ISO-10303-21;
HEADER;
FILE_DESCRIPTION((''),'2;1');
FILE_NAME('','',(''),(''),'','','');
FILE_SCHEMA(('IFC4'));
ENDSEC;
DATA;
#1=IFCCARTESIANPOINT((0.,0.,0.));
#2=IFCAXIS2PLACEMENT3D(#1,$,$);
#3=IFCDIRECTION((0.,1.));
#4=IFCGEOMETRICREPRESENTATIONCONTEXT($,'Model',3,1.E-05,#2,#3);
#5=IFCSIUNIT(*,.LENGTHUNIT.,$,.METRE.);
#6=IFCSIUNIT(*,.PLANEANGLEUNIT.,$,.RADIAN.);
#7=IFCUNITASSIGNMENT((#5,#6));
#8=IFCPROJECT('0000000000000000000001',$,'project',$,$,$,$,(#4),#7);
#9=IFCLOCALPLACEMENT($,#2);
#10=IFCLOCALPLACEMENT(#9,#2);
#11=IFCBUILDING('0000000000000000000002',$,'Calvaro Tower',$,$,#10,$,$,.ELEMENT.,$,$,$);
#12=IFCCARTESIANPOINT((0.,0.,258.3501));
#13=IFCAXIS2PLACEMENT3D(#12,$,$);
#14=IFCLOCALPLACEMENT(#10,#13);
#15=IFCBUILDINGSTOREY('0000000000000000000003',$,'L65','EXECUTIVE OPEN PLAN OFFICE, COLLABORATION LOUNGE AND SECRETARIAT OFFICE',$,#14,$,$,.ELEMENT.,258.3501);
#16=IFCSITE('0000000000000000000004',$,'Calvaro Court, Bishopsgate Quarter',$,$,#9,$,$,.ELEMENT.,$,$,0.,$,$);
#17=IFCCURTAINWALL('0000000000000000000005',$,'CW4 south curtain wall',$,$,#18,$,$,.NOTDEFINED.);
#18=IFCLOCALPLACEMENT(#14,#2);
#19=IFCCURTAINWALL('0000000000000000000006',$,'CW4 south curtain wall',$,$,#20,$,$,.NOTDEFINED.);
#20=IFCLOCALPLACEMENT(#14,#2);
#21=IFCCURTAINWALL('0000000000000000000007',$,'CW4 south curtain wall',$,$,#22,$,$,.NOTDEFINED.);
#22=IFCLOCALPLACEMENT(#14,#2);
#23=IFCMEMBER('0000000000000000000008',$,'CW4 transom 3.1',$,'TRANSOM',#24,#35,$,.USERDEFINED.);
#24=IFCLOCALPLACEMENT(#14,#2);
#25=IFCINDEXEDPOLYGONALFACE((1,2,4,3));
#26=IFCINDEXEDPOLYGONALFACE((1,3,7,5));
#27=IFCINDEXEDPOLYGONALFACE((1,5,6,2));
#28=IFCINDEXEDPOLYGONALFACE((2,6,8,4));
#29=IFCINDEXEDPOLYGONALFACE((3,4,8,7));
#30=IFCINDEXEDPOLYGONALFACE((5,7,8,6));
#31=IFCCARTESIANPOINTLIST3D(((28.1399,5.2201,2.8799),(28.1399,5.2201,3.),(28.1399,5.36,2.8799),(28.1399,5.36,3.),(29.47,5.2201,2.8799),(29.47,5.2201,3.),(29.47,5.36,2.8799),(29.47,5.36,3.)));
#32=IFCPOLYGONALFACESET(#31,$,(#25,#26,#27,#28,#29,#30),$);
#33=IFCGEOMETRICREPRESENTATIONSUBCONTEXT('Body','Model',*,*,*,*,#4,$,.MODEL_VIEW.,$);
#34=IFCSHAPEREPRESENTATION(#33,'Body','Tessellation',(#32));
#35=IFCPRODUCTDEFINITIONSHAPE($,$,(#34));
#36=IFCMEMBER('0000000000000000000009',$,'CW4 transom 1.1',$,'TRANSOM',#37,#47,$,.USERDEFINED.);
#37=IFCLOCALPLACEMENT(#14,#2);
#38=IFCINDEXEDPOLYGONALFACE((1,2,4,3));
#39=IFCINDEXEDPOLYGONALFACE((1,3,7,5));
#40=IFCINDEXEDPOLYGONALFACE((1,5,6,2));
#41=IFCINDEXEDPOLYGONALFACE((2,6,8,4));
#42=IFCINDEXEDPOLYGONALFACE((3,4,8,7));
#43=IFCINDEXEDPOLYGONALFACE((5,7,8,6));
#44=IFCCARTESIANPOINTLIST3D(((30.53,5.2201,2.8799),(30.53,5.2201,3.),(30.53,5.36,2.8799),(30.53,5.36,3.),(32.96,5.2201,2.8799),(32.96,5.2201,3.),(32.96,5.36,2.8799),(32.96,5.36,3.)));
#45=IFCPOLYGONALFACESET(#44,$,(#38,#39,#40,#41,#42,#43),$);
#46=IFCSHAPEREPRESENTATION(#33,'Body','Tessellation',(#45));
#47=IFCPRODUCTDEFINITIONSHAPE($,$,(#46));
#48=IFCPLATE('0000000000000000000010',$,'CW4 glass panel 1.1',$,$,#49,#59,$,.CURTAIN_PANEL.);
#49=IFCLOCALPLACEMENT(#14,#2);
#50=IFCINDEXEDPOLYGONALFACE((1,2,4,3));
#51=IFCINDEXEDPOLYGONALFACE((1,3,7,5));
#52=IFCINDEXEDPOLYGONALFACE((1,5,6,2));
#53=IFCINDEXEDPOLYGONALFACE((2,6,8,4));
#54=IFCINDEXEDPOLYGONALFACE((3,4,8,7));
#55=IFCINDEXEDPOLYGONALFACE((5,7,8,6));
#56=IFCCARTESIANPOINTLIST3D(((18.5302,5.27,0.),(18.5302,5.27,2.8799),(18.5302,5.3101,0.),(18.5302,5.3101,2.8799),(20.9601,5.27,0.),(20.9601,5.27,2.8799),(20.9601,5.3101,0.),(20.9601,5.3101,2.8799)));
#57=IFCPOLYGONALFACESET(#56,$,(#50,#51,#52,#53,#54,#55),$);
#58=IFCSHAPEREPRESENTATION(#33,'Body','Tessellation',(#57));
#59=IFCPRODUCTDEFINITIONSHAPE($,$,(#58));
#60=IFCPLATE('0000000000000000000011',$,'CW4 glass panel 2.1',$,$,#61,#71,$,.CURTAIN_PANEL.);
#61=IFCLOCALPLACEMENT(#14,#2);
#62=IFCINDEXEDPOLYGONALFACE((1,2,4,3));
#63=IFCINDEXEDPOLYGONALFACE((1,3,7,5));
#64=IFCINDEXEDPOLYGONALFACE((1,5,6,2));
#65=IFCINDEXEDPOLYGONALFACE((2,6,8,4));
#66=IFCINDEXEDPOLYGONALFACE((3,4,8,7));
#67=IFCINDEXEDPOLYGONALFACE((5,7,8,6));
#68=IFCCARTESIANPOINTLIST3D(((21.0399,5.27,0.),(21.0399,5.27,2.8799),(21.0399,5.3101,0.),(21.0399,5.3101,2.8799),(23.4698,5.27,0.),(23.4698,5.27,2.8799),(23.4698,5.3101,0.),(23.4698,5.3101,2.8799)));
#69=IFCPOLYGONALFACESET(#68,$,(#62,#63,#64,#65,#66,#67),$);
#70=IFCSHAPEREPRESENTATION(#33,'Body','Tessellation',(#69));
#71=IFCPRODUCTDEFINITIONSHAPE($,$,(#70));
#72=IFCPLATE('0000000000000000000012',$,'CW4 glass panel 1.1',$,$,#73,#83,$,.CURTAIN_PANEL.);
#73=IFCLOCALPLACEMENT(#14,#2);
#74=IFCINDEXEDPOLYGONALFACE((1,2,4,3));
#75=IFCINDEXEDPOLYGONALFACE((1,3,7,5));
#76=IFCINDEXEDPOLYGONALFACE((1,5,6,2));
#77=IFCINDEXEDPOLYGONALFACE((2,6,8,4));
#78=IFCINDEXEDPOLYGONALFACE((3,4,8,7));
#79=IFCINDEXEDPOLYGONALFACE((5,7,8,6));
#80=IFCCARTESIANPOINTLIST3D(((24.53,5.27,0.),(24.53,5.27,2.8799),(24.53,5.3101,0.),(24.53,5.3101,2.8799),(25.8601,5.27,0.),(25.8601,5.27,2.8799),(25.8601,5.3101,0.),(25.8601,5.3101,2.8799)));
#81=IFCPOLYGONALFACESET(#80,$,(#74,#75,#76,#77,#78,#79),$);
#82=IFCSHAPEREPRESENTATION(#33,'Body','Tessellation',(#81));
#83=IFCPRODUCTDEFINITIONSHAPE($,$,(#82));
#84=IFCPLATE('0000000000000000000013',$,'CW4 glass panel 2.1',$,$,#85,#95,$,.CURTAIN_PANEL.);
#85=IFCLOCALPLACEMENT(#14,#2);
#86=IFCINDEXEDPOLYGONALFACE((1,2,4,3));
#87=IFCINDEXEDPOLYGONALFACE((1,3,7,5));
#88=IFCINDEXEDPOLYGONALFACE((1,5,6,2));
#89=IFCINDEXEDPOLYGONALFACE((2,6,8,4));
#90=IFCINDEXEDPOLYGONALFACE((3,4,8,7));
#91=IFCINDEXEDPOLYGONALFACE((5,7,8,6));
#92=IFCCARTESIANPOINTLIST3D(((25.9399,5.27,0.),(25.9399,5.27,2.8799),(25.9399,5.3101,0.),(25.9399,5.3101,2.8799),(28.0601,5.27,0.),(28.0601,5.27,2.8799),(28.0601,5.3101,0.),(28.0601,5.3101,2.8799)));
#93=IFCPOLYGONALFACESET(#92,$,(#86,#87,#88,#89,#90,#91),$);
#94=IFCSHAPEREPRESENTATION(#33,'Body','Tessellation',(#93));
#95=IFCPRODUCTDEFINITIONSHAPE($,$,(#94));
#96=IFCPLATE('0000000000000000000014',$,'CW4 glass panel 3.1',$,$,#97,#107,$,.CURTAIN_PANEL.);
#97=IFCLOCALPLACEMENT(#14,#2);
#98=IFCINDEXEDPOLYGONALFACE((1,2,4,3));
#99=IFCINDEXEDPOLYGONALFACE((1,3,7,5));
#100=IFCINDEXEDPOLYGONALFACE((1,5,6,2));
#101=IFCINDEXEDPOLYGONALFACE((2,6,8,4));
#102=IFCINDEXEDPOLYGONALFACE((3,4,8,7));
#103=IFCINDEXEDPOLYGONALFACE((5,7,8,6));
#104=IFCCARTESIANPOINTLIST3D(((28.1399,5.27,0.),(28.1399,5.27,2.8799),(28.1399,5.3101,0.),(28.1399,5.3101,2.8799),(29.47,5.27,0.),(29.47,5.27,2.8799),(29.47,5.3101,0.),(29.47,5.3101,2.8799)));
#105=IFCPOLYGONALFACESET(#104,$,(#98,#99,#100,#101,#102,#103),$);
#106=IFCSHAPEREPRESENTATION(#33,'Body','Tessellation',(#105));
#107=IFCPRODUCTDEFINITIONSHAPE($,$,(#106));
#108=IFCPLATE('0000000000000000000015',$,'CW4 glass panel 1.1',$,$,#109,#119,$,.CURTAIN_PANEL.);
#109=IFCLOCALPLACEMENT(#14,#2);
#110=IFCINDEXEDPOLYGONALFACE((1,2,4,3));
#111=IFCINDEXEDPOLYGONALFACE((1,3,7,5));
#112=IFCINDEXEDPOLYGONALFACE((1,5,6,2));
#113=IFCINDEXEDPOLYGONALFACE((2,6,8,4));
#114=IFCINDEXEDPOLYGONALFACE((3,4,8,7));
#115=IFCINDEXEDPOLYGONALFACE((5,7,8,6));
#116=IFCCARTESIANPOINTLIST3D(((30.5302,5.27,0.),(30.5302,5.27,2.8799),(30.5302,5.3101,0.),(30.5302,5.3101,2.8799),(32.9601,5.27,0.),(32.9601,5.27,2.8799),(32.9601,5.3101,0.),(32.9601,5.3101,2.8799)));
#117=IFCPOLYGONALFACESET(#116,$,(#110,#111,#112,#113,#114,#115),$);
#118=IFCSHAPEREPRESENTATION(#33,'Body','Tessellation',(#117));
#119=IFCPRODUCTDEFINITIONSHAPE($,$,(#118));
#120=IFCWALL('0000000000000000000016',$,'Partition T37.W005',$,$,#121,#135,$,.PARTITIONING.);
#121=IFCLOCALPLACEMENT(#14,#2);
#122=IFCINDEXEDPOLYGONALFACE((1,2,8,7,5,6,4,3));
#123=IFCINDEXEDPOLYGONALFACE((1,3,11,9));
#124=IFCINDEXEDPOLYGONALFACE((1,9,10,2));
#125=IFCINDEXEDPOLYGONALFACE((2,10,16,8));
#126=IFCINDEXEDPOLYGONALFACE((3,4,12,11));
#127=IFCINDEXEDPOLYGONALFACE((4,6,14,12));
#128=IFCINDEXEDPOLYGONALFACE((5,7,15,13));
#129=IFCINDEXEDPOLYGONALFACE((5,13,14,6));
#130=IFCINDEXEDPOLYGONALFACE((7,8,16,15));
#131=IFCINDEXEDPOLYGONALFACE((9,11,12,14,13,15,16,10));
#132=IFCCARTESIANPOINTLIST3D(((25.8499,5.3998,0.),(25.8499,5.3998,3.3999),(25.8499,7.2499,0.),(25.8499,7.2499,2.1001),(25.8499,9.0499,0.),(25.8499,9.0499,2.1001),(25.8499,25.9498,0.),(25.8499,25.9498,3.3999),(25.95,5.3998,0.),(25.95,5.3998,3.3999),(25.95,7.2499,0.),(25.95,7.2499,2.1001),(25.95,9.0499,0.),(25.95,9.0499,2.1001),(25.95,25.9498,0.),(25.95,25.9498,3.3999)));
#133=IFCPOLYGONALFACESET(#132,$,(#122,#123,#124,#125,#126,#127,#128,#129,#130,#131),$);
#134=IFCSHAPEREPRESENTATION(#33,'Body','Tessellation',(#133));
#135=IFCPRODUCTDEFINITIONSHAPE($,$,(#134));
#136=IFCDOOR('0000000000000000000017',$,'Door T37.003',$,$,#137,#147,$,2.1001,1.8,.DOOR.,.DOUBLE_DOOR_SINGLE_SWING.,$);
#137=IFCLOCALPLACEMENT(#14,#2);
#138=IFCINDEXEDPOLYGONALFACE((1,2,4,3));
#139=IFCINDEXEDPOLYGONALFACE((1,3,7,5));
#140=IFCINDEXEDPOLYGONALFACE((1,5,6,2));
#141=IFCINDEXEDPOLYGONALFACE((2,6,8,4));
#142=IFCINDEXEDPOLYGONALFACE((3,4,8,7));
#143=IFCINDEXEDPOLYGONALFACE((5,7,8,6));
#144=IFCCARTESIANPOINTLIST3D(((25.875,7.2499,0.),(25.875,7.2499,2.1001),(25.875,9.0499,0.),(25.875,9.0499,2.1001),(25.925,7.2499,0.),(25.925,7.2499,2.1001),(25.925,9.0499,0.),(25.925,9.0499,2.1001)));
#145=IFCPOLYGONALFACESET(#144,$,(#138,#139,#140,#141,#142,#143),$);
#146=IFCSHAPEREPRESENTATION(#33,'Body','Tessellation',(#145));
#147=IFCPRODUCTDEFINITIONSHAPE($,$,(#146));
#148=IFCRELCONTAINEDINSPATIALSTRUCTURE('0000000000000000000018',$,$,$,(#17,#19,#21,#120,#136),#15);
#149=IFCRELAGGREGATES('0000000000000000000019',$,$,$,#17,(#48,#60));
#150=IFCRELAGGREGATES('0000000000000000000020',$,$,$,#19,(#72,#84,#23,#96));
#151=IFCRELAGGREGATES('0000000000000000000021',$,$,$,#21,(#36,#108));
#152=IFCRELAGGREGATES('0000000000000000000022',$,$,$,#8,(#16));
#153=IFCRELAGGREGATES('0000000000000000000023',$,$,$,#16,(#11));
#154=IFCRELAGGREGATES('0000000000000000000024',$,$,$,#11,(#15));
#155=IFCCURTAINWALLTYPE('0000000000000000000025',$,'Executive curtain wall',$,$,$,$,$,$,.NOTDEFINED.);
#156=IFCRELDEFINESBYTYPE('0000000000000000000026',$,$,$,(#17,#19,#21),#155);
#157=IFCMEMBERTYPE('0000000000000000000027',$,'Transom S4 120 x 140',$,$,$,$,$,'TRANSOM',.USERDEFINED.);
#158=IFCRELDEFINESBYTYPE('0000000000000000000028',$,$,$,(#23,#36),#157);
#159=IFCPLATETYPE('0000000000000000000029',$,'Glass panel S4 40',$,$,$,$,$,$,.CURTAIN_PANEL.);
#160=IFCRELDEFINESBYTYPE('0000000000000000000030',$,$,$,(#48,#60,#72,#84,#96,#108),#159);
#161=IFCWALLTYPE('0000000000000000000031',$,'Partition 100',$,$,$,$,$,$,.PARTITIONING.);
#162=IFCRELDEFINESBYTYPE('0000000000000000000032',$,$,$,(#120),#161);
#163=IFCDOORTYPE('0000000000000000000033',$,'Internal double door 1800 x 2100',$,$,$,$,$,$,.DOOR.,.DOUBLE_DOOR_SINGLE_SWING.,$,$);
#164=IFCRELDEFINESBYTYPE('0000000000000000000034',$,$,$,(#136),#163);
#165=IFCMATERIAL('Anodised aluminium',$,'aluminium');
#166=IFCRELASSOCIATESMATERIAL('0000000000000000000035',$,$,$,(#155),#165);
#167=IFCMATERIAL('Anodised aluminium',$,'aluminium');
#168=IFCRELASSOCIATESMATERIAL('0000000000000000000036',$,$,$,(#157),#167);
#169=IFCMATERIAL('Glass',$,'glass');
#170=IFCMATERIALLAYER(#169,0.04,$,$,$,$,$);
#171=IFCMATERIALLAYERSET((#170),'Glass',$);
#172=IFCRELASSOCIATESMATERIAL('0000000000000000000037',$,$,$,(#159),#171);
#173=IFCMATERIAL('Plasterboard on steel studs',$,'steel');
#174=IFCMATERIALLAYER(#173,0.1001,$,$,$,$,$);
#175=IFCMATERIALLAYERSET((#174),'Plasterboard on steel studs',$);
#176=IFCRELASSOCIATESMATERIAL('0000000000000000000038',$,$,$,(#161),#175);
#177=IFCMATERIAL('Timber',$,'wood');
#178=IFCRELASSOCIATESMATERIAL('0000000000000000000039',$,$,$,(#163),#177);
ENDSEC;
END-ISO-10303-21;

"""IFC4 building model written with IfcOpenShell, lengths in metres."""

from ifc_helpers import new_model, si_unit, direction, frame, frame_2d, origin, origin_2d, place, context, subcontext, project, spatial, rectangle, extrude, material, layer, layer_set, material_profile, profile_set, type_object, element, fill, aggregate, save


model = new_model("IFC4")

# Units and contexts
model_context = context("Model", 3, precision=1e-05, world=origin(), true_north=direction((0.0, 1.0)))
body_context = subcontext(model_context, "Body", "Model", "MODEL_VIEW")
ifc_project = project(units=[si_unit("LENGTHUNIT", "METRE"), si_unit("PLANEANGLEUNIT", "RADIAN")], contexts=[model_context])

# Site, building, storey
site_placement = place(None, origin())
site = spatial("IfcSite", under=ifc_project, at=site_placement, Name="Calvaro Court, Bishopsgate Quarter", CompositionType="ELEMENT", RefElevation=0.0)
building_placement = place(site_placement, origin())
building = spatial("IfcBuilding", under=site, at=building_placement, Name="Calvaro Tower", CompositionType="ELEMENT")
storey_placement = place(building_placement, frame((0.0, 0.0, 258.3501)))
storey = spatial("IfcBuildingStorey", under=building, at=storey_placement, Name="L65", Description="EXECUTIVE OPEN PLAN OFFICE, COLLABORATION LOUNGE AND SECRETARIAT OFFICE", CompositionType="ELEMENT", Elevation=258.3501)

# Curtain walls
ifc_material_1 = material(Name="Anodised aluminium", Category="aluminium")
curtain_wall_type = type_object("IfcCurtainWallType", Name="Executive curtain wall", PredefinedType="NOTDEFINED", material=ifc_material_1)
curtain_wall_1_placement = place(storey_placement, origin())
curtain_wall_1 = element("IfcCurtainWall", 1, at=curtain_wall_1_placement, inside=storey, type_object=curtain_wall_type, Name="CW4 south curtain wall", PredefinedType="NOTDEFINED")
curtain_wall_2_placement = place(storey_placement, origin())
curtain_wall_2 = element("IfcCurtainWall", 2, at=curtain_wall_2_placement, inside=storey, type_object=curtain_wall_type, Name="CW4 south curtain wall", PredefinedType="NOTDEFINED")

# Curtain wall
curtain_wall_3_placement = place(storey_placement, origin())
curtain_wall_3 = element("IfcCurtainWall", 3, at=curtain_wall_3_placement, inside=storey, type_object=curtain_wall_type, Name="CW4 south curtain wall", PredefinedType="NOTDEFINED")

# Members
ifc_material_2 = material(Name="Anodised aluminium", Category="aluminium")
ifc_material_profile_1 = material_profile(ifc_material_2, rectangle(XDim=0.1399, YDim=0.1201, at=origin_2d()), Name="Transom S4 120 x 140")
ifc_profile_set_1 = profile_set([ifc_material_profile_1], Name="Anodised aluminium")
member_type_1 = type_object("IfcMemberType", Name="Transom S4 120 x 140", ElementType="TRANSOM", PredefinedType="USERDEFINED", material=ifc_profile_set_1)
member_1_placement = place(storey_placement, frame((28.1399, 5.29, 2.9399), z_axis=(1.0, 0.0, 0.0), x_axis=(0.0, 1.0, 0.0)))
member_1 = element("IfcMember", 4, at=member_1_placement, type_object=member_type_1, Name="CW4 transom 3.1", ObjectType="TRANSOM", PredefinedType="USERDEFINED", context=body_context, shape_type="SweptSolid", body=[
    extrude(rectangle(XDim=0.1399, YDim=0.1201, at=origin_2d()), origin(), (0.0, 0.0, 1.0), 1.3301),
])
member_2_placement = place(storey_placement, frame((30.53, 5.29, 2.9399), z_axis=(1.0, 0.0, 0.0), x_axis=(0.0, 1.0, 0.0)))
member_2 = element("IfcMember", 5, at=member_2_placement, type_object=member_type_1, Name="CW4 transom 1.1", ObjectType="TRANSOM", PredefinedType="USERDEFINED", context=body_context, shape_type="SweptSolid", body=[
    extrude(rectangle(XDim=0.1399, YDim=0.1201, at=origin_2d()), origin(), (0.0, 0.0, 1.0), 2.4299),
])

# Plates
ifc_material_3 = material(Name="Glass", Category="glass")
ifc_layer_1 = layer(ifc_material_3, 0.04)
ifc_layer_set_1 = layer_set([ifc_layer_1], Name="Glass")
plate_type = type_object("IfcPlateType", Name="Glass panel S4 40", PredefinedType="CURTAIN_PANEL", material=ifc_layer_set_1)
plate_1_placement = place(storey_placement, frame((19.7451, 5.29, 0.0), z_axis=(0.0, 0.0, 1.0), x_axis=(1.0, 0.0, 0.0)))
plate_1 = element("IfcPlate", 6, at=plate_1_placement, type_object=plate_type, Name="CW4 glass panel 1.1", PredefinedType="CURTAIN_PANEL", context=body_context, shape_type="SweptSolid", body=[
    extrude(rectangle(XDim=2.4299, YDim=0.04, at=origin_2d()), origin(), (0.0, 0.0, 1.0), 2.8799),
])
plate_2_placement = place(storey_placement, frame((22.2549, 5.29, 0.0), z_axis=(0.0, 0.0, 1.0), x_axis=(1.0, 0.0, 0.0)))
plate_2 = element("IfcPlate", 7, at=plate_2_placement, type_object=plate_type, Name="CW4 glass panel 2.1", PredefinedType="CURTAIN_PANEL", context=body_context, shape_type="SweptSolid", body=[
    extrude(rectangle(XDim=2.4299, YDim=0.04, at=origin_2d()), origin(), (0.0, 0.0, 1.0), 2.8799),
])
aggregate(curtain_wall_1, [plate_1, plate_2])
plate_3_placement = place(storey_placement, frame((25.1951, 5.29, 0.0), z_axis=(0.0, 0.0, 1.0), x_axis=(1.0, 0.0, 0.0)))
plate_3 = element("IfcPlate", 8, at=plate_3_placement, type_object=plate_type, Name="CW4 glass panel 1.1", PredefinedType="CURTAIN_PANEL", context=body_context, shape_type="SweptSolid", body=[
    extrude(rectangle(XDim=1.3301, YDim=0.04, at=origin_2d()), origin(), (0.0, 0.0, 1.0), 2.8799),
])
plate_4_placement = place(storey_placement, frame((27.0, 5.29, 0.0), z_axis=(0.0, 0.0, 1.0), x_axis=(1.0, 0.0, 0.0)))
plate_4 = element("IfcPlate", 9, at=plate_4_placement, type_object=plate_type, Name="CW4 glass panel 2.1", PredefinedType="CURTAIN_PANEL", context=body_context, shape_type="SweptSolid", body=[
    extrude(rectangle(XDim=2.1201, YDim=0.04, at=origin_2d()), origin(), (0.0, 0.0, 1.0), 2.8799),
])
plate_5_placement = place(storey_placement, frame((28.8049, 5.29, 0.0), z_axis=(0.0, 0.0, 1.0), x_axis=(1.0, 0.0, 0.0)))
plate_5 = element("IfcPlate", 10, at=plate_5_placement, type_object=plate_type, Name="CW4 glass panel 3.1", PredefinedType="CURTAIN_PANEL", context=body_context, shape_type="SweptSolid", body=[
    extrude(rectangle(XDim=1.3301, YDim=0.04, at=origin_2d()), origin(), (0.0, 0.0, 1.0), 2.8799),
])
aggregate(curtain_wall_2, [plate_3, plate_4, member_1, plate_5])
plate_6_placement = place(storey_placement, frame((31.7451, 5.29, 0.0), z_axis=(0.0, 0.0, 1.0), x_axis=(1.0, 0.0, 0.0)))
plate_6 = element("IfcPlate", 11, at=plate_6_placement, type_object=plate_type, Name="CW4 glass panel 1.1", PredefinedType="CURTAIN_PANEL", context=body_context, shape_type="SweptSolid", body=[
    extrude(rectangle(XDim=2.4299, YDim=0.04, at=origin_2d()), origin(), (0.0, 0.0, 1.0), 2.8799),
])
aggregate(curtain_wall_3, [member_2, plate_6])

# Wall, opening, door
ifc_material_4 = material(Name="Plasterboard on steel studs", Category="steel")
ifc_layer_2 = layer(ifc_material_4, 0.1001)
ifc_layer_set_2 = layer_set([ifc_layer_2], Name="Plasterboard on steel studs")
wall_type = type_object("IfcWallType", Name="Partition 100", PredefinedType="PARTITIONING", material=ifc_layer_set_2)
wall_1_placement = place(storey_placement, frame((25.8999, 5.3999, 0.0), z_axis=(0.0, 0.0, 1.0), x_axis=(0.0, 1.0, 0.0)))
wall_1 = element("IfcWall", 12, at=wall_1_placement, inside=storey, type_object=wall_type, Name="Partition T37.W005", PredefinedType="PARTITIONING", context=body_context, shape_type="SweptSolid", body=[
    extrude(rectangle(XDim=20.55, YDim=0.1001, at=frame_2d((10.2749, 0.0))), origin(), (0.0, 0.0, 1.0), 3.3999),
])
opening_1_placement = place(wall_1_placement, frame((1.8501, 0.0, 0.0)))
opening_1 = element("IfcOpeningElement", 13, at=opening_1_placement, cuts=wall_1, PredefinedType="OPENING", context=body_context, shape_type="SweptSolid", body=[
    extrude(rectangle(XDim=1.8, YDim=2.1001, at=frame_2d((0.8999, 1.05))), frame((0.0, 0.0601, 0.0), z_axis=(0.0, -1.0, 0.0), x_axis=(1.0, 0.0, 0.0)), (0.0, 0.0, 1.0), 0.1201),
])
ifc_material_5 = material(Name="Timber", Category="wood")
door_type_1 = type_object("IfcDoorType", Name="Internal double door 1800 x 2100", OperationType="DOUBLE_DOOR_SINGLE_SWING", PredefinedType="DOOR", material=ifc_material_5)
door_1_placement = place(opening_1_placement, origin())
door_1 = element("IfcDoor", 14, at=door_1_placement, inside=storey, type_object=door_type_1, Name="Door T37.003", OperationType="DOUBLE_DOOR_SINGLE_SWING", OverallHeight=2.1001, OverallWidth=1.8, PredefinedType="DOOR", context=body_context, shape_type="SweptSolid", body=[
    extrude(rectangle(XDim=1.8, YDim=2.1001, at=frame_2d((0.8999, 1.05))), frame((0.0, 0.0249, 0.0), z_axis=(0.0, -1.0, 0.0), x_axis=(1.0, 0.0, 0.0)), (0.0, 0.0, 1.0), 0.05),
])
fill(opening_1, door_1)

save(model, "model.ifc")
